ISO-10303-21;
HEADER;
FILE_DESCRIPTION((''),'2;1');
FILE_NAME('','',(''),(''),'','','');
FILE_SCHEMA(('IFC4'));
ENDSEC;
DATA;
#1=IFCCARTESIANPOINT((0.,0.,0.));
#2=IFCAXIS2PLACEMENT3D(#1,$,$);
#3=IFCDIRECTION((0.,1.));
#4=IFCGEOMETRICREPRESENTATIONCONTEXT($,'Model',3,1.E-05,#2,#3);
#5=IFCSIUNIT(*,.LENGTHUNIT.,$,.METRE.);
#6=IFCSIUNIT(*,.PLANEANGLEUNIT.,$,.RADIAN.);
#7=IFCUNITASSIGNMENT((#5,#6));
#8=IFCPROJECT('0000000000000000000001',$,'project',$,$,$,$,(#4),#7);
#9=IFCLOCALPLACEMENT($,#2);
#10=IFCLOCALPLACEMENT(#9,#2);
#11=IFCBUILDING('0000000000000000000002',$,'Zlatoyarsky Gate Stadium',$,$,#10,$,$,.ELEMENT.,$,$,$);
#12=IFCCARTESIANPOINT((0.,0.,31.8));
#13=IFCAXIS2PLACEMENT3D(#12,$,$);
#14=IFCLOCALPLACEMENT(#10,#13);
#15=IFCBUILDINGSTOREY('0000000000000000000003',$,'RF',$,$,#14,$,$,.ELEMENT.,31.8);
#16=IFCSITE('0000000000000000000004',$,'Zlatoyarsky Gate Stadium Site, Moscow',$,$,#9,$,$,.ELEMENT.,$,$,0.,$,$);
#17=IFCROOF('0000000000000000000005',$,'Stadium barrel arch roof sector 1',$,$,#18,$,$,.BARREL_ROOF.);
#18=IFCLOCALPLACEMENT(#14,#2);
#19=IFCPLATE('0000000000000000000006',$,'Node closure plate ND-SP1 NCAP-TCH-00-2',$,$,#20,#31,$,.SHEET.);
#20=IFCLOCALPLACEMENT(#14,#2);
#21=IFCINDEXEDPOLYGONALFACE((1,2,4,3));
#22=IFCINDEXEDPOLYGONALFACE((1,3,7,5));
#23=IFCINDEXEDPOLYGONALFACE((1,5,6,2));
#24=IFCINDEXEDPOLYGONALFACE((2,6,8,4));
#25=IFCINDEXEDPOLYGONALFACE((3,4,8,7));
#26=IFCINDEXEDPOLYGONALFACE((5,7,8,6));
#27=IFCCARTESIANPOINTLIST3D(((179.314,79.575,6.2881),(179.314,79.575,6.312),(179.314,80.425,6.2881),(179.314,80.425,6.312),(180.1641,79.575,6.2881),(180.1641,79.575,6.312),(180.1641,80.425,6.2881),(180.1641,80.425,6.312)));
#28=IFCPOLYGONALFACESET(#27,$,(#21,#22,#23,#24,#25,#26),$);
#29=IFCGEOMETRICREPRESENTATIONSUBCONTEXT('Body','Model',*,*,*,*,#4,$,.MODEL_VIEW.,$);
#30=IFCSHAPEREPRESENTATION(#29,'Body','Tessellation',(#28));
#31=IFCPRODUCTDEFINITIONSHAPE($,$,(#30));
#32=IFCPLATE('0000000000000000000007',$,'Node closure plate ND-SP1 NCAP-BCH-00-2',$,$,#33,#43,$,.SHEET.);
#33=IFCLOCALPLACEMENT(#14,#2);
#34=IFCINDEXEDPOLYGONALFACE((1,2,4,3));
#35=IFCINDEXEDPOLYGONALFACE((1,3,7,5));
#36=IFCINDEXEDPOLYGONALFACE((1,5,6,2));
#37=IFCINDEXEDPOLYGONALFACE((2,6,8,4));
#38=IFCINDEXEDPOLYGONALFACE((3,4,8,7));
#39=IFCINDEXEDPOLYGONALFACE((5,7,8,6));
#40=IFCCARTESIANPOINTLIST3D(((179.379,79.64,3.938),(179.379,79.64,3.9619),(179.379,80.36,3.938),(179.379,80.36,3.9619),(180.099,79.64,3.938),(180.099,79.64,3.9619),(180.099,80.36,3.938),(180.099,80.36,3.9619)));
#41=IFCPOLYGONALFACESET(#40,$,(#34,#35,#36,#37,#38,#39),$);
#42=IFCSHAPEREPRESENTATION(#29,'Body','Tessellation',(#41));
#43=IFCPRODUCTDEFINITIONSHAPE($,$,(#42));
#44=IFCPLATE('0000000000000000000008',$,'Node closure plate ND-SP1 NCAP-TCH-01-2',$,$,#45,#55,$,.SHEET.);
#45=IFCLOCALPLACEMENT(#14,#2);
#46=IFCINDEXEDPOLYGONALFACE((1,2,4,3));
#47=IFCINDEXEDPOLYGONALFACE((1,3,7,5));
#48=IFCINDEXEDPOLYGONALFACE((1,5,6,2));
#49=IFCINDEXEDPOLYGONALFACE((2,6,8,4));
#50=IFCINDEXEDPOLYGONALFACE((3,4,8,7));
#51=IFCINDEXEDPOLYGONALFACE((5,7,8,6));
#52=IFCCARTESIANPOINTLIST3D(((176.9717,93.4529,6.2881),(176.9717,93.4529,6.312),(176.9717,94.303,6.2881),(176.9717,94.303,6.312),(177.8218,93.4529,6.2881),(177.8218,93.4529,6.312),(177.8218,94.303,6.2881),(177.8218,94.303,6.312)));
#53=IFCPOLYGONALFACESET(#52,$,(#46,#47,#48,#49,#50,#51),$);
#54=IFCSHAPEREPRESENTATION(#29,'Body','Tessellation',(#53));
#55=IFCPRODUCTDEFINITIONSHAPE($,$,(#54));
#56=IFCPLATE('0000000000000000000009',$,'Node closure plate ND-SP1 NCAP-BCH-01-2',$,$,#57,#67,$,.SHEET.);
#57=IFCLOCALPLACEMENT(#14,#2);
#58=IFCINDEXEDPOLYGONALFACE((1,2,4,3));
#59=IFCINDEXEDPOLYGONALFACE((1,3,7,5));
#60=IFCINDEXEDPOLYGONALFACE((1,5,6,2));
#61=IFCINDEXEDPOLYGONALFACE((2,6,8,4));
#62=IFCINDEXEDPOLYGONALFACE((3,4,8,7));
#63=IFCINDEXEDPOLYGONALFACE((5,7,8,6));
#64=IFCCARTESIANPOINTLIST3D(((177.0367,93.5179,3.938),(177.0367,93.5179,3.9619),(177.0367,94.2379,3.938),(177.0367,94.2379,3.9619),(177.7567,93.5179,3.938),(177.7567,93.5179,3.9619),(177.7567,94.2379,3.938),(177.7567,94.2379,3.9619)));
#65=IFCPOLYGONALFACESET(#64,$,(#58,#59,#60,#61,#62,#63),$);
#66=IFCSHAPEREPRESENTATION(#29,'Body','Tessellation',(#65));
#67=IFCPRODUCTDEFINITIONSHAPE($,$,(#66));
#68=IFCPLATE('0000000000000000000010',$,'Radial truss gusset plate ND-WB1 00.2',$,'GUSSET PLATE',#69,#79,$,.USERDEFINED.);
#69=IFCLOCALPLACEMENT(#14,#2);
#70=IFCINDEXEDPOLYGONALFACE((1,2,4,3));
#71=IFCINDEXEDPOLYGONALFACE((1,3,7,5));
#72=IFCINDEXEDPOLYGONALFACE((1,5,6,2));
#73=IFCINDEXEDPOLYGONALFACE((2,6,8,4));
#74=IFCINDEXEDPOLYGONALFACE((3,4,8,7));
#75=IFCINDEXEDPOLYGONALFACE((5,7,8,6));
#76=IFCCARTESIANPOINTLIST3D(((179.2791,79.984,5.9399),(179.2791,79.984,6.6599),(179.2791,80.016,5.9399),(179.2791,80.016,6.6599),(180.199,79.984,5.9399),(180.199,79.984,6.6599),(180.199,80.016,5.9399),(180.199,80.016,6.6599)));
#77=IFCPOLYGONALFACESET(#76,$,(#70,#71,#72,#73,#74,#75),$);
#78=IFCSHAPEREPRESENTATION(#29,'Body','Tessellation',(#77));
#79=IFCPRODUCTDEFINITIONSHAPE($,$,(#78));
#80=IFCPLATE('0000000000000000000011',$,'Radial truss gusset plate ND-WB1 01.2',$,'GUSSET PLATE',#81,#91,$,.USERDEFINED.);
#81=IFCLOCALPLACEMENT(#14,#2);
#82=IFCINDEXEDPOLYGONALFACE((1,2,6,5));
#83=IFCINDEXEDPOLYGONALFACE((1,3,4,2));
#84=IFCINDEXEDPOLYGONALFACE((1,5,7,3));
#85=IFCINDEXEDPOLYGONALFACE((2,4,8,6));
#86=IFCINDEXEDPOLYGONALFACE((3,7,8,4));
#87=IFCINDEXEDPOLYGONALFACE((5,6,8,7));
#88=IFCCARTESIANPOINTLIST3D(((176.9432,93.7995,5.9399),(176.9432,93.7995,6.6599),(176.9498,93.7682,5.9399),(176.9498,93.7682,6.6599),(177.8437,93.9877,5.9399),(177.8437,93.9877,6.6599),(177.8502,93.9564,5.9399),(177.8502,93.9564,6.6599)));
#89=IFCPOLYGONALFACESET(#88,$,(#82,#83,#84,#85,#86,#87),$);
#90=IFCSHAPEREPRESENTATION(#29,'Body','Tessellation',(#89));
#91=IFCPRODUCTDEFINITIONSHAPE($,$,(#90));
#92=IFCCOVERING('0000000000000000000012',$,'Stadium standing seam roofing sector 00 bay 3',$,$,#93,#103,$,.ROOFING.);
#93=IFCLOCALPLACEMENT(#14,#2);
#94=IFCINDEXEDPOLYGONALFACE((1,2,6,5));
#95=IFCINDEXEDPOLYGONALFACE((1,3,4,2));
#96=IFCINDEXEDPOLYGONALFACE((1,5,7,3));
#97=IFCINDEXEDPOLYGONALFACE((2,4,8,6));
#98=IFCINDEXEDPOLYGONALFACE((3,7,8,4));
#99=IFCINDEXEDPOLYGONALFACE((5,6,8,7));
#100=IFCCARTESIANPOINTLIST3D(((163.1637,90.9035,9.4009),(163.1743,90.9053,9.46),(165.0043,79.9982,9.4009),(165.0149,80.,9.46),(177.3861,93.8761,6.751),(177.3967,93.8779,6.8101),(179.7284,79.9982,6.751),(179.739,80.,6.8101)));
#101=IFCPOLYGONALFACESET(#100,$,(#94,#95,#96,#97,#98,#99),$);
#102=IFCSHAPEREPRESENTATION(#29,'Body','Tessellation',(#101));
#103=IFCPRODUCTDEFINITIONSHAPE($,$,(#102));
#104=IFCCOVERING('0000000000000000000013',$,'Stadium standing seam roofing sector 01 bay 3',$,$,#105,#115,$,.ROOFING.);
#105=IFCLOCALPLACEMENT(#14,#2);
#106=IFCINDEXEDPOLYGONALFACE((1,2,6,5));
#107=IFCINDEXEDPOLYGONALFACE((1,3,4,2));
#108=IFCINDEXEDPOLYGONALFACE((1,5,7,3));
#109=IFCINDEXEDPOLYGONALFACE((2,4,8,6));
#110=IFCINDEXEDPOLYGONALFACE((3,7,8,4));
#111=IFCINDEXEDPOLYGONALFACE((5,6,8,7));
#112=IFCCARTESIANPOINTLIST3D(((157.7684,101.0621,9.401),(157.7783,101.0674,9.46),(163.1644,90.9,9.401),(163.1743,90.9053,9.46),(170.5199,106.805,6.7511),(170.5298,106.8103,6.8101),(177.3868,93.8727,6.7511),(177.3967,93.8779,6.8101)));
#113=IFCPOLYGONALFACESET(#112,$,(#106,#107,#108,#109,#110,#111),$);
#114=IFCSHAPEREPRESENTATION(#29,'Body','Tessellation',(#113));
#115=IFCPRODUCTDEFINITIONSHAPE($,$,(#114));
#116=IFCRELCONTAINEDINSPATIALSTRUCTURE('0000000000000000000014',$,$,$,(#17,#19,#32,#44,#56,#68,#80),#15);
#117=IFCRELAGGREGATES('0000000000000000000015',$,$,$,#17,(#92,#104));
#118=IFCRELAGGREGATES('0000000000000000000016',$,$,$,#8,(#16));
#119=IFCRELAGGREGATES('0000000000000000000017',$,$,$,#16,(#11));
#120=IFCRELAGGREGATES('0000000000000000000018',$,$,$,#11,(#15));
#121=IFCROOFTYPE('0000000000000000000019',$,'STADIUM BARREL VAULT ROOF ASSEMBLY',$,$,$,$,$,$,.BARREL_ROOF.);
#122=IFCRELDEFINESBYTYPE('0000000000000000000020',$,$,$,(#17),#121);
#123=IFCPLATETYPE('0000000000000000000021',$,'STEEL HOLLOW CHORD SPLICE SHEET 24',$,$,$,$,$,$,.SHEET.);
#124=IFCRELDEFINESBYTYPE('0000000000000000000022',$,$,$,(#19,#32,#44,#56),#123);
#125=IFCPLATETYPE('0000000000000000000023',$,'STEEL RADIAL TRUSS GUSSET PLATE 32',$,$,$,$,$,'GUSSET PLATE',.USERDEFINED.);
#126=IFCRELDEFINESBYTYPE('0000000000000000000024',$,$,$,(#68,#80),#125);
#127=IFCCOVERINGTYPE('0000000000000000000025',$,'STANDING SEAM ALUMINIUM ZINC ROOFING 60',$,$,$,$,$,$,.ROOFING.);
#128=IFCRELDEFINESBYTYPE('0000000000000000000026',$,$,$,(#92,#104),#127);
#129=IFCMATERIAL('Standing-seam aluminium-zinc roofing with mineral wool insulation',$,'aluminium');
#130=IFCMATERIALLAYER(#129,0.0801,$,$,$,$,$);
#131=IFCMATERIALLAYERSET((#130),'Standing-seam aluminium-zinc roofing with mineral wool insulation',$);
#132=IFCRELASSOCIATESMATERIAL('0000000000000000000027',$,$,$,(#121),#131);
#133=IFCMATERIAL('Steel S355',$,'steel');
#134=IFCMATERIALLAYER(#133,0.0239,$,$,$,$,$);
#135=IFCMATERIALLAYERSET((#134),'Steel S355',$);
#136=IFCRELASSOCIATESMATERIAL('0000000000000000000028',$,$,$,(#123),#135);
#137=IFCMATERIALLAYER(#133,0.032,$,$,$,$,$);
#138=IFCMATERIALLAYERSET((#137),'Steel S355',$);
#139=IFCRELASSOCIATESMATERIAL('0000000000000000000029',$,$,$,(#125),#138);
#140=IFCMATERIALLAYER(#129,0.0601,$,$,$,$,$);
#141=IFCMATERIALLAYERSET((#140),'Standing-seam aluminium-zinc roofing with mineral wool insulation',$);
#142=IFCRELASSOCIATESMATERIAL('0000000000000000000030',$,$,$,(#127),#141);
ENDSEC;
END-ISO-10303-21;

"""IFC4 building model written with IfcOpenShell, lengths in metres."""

from ifc_helpers import new_model, si_unit, direction, frame, origin, origin_2d, place, context, subcontext, project, spatial, polyline, rectangle, outline, extrude, material, layer, layer_set, type_object, element, aggregate, save


model = new_model("IFC4")

# Units and contexts
model_context = context("Model", 3, precision=1e-05, world=origin(), true_north=direction((0.0, 1.0)))
body_context = subcontext(model_context, "Body", "Model", "MODEL_VIEW")
ifc_project = project(units=[si_unit("LENGTHUNIT", "METRE"), si_unit("PLANEANGLEUNIT", "RADIAN")], contexts=[model_context])

# Site, building, storey
site_placement = place(None, origin())
site = spatial("IfcSite", under=ifc_project, at=site_placement, Name="Zlatoyarsky Gate Stadium Site, Moscow", CompositionType="ELEMENT", RefElevation=0.0)
building_placement = place(site_placement, origin())
building = spatial("IfcBuilding", under=site, at=building_placement, Name="Zlatoyarsky Gate Stadium", CompositionType="ELEMENT")
storey_placement = place(building_placement, frame((0.0, 0.0, 31.8)))
storey = spatial("IfcBuildingStorey", under=building, at=storey_placement, Name="RF", CompositionType="ELEMENT", Elevation=31.8)

# Shared definitions
ifc_material_1 = material(Name="Steel S355", Category="steel")

# Roof
ifc_material_2 = material(Name="Standing-seam aluminium-zinc roofing with mineral wool insulation", Category="aluminium")
ifc_layer_1 = layer(ifc_material_2, 0.0801)
ifc_layer_set_1 = layer_set([ifc_layer_1], Name="Standing-seam aluminium-zinc roofing with mineral wool insulation")
roof_type = type_object("IfcRoofType", Name="STADIUM BARREL VAULT ROOF ASSEMBLY", PredefinedType="BARREL_ROOF", material=ifc_layer_set_1)
roof_placement = place(storey_placement, origin())
roof = element("IfcRoof", 1, at=roof_placement, inside=storey, type_object=roof_type, Name="Stadium barrel arch roof sector 1", PredefinedType="BARREL_ROOF")

# Plates
ifc_layer_2 = layer(ifc_material_1, 0.0239)
ifc_layer_set_2 = layer_set([ifc_layer_2], Name="Steel S355")
plate_type_1 = type_object("IfcPlateType", Name="STEEL HOLLOW CHORD SPLICE SHEET 24", PredefinedType="SHEET", material=ifc_layer_set_2)
plate_1_placement = place(storey_placement, frame((179.739, 80.0, 6.2881), z_axis=(0.0, 0.0, 1.0), x_axis=(1.0, 0.0, 0.0)))
element("IfcPlate", 2, at=plate_1_placement, inside=storey, type_object=plate_type_1, Name="Node closure plate ND-SP1 NCAP-TCH-00-2", PredefinedType="SHEET", context=body_context, shape_type="SweptSolid", body=[
    extrude(rectangle(XDim=0.8501, YDim=0.8501, at=origin_2d()), origin(), (0.0, 0.0, 1.0), 0.0239),
])
plate_2_placement = place(storey_placement, frame((179.739, 80.0, 3.938), z_axis=(0.0, 0.0, 1.0), x_axis=(1.0, 0.0, 0.0)))
element("IfcPlate", 3, at=plate_2_placement, inside=storey, type_object=plate_type_1, Name="Node closure plate ND-SP1 NCAP-BCH-00-2", PredefinedType="SHEET", context=body_context, shape_type="SweptSolid", body=[
    extrude(rectangle(XDim=0.72, YDim=0.72, at=origin_2d()), origin(), (0.0, 0.0, 1.0), 0.0239),
])
plate_3_placement = place(storey_placement, frame((177.3967, 93.8779, 6.2881), z_axis=(0.0, 0.0, 1.0), x_axis=(1.0, 0.0, 0.0)))
element("IfcPlate", 4, at=plate_3_placement, inside=storey, type_object=plate_type_1, Name="Node closure plate ND-SP1 NCAP-TCH-01-2", PredefinedType="SHEET", context=body_context, shape_type="SweptSolid", body=[
    extrude(rectangle(XDim=0.8501, YDim=0.8501, at=origin_2d()), origin(), (0.0, 0.0, 1.0), 0.0239),
])
plate_4_placement = place(storey_placement, frame((177.3967, 93.8779, 3.938), z_axis=(0.0, 0.0, 1.0), x_axis=(1.0, 0.0, 0.0)))
element("IfcPlate", 5, at=plate_4_placement, inside=storey, type_object=plate_type_1, Name="Node closure plate ND-SP1 NCAP-BCH-01-2", PredefinedType="SHEET", context=body_context, shape_type="SweptSolid", body=[
    extrude(rectangle(XDim=0.72, YDim=0.72, at=origin_2d()), origin(), (0.0, 0.0, 1.0), 0.0239),
])
ifc_layer_3 = layer(ifc_material_1, 0.032)
ifc_layer_set_3 = layer_set([ifc_layer_3], Name="Steel S355")
plate_type_2 = type_object("IfcPlateType", Name="STEEL RADIAL TRUSS GUSSET PLATE 32", ElementType="GUSSET PLATE", PredefinedType="USERDEFINED", material=ifc_layer_set_3)
for number, where, z_axis, x_axis, name in (
    (6, (179.739, 80.0, 5.9399), (0.0, 0.0, 1.0), (-1.0, 0.0, 0.0), "Radial truss gusset plate ND-WB1 00.2"),
    (7, (177.3967, 93.8779, 5.9399), (0.0, 0.0, 1.0), (-0.978847, -0.204595, 0.0), "Radial truss gusset plate ND-WB1 01.2"),
):
    element("IfcPlate", number, at=place(storey_placement, frame(where, z_axis=z_axis, x_axis=x_axis)), inside=storey, type_object=plate_type_2, Name=name, ObjectType="GUSSET PLATE", PredefinedType="USERDEFINED", context=body_context, shape_type="SweptSolid", body=[
        extrude(rectangle(XDim=0.9199, YDim=0.032, at=origin_2d()), origin(), (0.0, 0.0, 1.0), 0.72),
    ])

# Coverings
ifc_layer_4 = layer(ifc_material_2, 0.0601)
ifc_layer_set_4 = layer_set([ifc_layer_4], Name="Standing-seam aluminium-zinc roofing with mineral wool insulation")
covering_type = type_object("IfcCoveringType", Name="STANDING SEAM ALUMINIUM ZINC ROOFING 60", PredefinedType="ROOFING", material=ifc_layer_set_4)
covering_1_placement = place(storey_placement, frame((179.739, 80.0, 6.8101), z_axis=(0.177045, 0.029881, 0.983749), x_axis=(-0.166424, 0.986054, 0.0)))
covering_1 = element("IfcCovering", 8, at=covering_1_placement, type_object=covering_type, Name="Stadium standing seam roofing sector 00 bay 3", PredefinedType="ROOFING", context=body_context, shape_type="SweptSolid", body=[
    extrude(outline(polyline([(0.0, 0.0), (14.0742, 0.0), (13.51, 14.7586), (2.4504, 14.7586), (0.0, 0.0)])), origin(), (0.0, 0.0, -1.0), 0.0601),
])
covering_2_placement = place(storey_placement, frame((177.3967, 93.8779, 6.8101), z_axis=(0.164762, 0.087487, 0.982446), x_axis=(-0.468975, 0.883211, 0.0)))
covering_2 = element("IfcCovering", 9, at=covering_2_placement, type_object=covering_type, Name="Stadium standing seam roofing sector 01 bay 3", PredefinedType="ROOFING", context=body_context, shape_type="SweptSolid", body=[
    extrude(outline(polyline([(0.0, 0.0), (14.6424, 0.0), (15.5504, 14.2049), (4.0445, 14.2049), (0.0, 0.0)])), origin(), (0.0, 0.0, -1.0), 0.0601),
])
aggregate(roof, [covering_1, covering_2])

save(model, "model.ifc")
